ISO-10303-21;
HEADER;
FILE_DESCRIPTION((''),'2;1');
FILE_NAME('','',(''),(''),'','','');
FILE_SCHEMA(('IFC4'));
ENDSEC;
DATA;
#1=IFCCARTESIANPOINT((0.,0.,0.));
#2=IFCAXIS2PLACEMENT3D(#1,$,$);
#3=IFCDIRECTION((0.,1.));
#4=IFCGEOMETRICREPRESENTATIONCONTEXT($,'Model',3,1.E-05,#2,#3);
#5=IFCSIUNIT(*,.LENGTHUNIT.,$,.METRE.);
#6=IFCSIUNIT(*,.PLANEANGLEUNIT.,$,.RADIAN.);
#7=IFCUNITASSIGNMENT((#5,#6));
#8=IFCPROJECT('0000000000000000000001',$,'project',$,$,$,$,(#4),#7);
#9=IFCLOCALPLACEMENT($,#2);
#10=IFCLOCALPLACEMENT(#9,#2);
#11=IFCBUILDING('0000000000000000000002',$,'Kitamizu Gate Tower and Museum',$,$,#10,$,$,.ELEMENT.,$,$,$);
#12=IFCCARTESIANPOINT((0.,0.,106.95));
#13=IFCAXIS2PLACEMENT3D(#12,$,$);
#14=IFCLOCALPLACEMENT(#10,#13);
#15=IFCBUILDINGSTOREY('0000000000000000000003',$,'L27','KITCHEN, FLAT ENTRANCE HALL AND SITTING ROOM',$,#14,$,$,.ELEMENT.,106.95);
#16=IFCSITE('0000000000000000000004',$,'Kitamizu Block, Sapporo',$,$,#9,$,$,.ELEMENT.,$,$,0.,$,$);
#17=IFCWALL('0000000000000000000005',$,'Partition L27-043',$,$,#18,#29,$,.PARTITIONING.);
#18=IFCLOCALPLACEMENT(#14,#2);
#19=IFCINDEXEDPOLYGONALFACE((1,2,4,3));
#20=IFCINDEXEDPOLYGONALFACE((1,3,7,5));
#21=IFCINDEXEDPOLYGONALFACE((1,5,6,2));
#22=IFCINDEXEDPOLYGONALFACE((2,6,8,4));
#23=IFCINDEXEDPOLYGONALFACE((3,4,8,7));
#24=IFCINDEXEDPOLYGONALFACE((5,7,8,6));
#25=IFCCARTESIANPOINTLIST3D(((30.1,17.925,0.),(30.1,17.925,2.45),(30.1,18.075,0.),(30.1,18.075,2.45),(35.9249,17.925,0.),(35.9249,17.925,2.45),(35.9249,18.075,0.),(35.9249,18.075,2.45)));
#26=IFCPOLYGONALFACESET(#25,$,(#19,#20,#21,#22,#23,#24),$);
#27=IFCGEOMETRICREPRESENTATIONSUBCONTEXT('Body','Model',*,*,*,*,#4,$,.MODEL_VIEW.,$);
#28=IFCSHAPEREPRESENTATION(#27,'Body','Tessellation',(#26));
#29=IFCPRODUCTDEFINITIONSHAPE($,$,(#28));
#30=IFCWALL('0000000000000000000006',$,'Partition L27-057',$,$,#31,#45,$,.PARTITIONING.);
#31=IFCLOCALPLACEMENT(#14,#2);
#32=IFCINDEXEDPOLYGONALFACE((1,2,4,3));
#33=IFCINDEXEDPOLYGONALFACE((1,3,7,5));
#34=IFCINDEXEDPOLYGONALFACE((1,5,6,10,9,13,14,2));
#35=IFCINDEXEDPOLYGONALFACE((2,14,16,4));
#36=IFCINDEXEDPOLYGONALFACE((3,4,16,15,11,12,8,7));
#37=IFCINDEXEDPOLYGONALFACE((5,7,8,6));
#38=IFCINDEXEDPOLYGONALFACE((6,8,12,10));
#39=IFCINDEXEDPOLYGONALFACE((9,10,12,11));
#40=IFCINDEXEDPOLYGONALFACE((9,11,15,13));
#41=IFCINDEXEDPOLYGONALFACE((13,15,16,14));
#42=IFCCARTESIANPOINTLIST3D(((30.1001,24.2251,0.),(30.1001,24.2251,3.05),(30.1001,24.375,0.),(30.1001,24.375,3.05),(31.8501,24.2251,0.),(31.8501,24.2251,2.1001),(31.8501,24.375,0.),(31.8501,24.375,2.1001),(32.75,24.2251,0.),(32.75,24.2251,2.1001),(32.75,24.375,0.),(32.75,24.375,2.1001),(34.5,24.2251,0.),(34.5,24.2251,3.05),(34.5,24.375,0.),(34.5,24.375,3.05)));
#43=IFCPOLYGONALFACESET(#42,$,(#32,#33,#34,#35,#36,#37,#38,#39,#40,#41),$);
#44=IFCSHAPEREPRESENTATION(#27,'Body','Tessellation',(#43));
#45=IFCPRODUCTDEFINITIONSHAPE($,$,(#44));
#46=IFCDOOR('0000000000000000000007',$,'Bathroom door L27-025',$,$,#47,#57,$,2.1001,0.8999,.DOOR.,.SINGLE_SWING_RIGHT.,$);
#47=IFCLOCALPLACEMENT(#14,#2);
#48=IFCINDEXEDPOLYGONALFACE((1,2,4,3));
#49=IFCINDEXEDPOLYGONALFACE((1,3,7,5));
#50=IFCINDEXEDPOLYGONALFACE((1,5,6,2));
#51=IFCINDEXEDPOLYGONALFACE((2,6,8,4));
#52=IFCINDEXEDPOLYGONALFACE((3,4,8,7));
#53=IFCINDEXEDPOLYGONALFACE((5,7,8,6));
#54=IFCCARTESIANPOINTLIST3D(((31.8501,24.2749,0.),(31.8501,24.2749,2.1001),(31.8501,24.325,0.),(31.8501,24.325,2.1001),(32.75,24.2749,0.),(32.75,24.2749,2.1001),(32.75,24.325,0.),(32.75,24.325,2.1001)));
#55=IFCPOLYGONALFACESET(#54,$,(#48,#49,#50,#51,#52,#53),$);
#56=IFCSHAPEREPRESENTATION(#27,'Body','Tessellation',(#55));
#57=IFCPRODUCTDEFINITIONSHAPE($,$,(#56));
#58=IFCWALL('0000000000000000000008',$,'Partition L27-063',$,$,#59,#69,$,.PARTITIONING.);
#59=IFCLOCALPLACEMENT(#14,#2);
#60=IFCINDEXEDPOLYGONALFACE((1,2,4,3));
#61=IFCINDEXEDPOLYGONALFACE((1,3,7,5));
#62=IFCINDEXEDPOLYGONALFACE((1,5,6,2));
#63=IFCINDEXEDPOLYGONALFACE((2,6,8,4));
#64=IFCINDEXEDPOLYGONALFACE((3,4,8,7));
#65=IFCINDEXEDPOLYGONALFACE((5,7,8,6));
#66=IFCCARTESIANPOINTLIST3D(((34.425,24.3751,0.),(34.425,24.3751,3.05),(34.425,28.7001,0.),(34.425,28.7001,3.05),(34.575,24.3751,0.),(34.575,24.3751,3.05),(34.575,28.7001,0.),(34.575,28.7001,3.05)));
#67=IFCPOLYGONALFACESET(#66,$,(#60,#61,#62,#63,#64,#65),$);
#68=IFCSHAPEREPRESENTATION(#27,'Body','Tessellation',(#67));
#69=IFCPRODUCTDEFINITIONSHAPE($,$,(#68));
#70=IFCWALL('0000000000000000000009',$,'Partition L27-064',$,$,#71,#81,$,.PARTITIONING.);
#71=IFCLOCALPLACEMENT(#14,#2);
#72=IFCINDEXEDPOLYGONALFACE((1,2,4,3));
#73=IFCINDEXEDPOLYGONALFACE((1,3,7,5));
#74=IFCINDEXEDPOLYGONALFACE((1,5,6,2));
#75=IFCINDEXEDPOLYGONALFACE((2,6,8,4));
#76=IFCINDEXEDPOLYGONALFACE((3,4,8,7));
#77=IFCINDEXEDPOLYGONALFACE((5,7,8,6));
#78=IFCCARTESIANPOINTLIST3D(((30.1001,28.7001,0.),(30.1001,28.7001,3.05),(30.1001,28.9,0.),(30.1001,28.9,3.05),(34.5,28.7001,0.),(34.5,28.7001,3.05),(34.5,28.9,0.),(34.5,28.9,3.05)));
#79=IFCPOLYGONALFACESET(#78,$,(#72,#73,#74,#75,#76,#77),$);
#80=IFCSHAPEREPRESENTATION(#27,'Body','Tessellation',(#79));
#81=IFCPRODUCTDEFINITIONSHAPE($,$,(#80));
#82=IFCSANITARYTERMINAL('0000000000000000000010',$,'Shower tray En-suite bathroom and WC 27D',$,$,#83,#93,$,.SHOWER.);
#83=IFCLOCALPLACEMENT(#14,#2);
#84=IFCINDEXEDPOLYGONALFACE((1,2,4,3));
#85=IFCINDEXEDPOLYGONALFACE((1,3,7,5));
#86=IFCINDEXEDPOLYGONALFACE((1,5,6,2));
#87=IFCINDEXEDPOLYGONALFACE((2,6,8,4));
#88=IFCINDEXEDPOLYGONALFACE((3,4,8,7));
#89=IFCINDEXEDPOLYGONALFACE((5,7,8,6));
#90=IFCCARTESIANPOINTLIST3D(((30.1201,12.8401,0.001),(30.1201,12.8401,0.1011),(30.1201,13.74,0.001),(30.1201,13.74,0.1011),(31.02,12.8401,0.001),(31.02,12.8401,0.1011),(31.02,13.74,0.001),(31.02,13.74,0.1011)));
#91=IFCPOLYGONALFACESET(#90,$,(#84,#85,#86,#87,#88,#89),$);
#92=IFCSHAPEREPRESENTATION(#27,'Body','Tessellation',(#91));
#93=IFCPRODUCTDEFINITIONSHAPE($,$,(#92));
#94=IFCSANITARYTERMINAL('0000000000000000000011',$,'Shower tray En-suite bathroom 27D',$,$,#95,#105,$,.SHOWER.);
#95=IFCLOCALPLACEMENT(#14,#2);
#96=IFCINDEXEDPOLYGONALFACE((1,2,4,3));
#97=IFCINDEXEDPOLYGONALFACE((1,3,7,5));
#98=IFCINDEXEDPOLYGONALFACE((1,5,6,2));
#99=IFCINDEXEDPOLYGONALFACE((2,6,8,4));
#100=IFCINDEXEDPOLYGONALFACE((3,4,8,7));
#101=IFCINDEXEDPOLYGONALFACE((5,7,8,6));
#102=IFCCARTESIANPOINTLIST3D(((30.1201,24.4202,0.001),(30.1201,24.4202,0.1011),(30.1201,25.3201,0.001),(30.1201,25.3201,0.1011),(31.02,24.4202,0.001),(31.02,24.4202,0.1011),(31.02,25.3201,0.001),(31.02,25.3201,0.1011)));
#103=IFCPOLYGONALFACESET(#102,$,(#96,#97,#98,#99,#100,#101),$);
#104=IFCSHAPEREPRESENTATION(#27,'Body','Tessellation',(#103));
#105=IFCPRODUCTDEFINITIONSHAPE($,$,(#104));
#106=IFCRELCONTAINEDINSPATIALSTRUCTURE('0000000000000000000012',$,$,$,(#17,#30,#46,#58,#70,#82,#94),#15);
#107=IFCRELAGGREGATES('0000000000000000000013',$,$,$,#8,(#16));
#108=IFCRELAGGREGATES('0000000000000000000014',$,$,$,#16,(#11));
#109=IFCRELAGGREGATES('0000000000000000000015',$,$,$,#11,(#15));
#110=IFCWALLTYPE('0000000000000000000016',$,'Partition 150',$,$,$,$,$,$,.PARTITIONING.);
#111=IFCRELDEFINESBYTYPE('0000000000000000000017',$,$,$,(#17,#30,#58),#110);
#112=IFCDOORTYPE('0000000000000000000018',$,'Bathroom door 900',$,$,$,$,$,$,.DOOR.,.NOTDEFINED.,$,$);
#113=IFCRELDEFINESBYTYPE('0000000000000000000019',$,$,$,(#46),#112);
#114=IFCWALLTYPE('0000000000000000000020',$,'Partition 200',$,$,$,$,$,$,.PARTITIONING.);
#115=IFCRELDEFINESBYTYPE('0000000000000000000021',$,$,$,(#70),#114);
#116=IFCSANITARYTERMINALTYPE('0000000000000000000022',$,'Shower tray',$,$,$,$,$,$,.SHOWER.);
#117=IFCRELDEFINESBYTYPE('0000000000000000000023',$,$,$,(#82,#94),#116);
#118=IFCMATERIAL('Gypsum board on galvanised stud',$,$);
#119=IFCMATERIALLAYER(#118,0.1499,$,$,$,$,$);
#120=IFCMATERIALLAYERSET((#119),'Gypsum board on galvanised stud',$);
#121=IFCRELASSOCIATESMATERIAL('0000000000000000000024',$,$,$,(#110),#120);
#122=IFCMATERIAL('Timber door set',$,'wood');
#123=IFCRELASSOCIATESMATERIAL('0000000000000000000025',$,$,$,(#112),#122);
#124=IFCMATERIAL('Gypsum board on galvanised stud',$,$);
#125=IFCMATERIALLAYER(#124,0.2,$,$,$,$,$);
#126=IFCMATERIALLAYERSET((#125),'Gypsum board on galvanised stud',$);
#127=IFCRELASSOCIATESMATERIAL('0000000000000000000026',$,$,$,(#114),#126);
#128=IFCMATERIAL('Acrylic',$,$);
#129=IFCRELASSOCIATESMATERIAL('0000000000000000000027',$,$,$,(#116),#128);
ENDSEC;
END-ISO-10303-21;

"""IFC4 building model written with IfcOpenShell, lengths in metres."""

from ifc_helpers import new_model, si_unit, direction, frame, frame_2d, origin, origin_2d, place, context, subcontext, project, spatial, rectangle, extrude, material, layer, layer_set, type_object, element, fill, save


model = new_model("IFC4")

# Units and contexts
model_context = context("Model", 3, precision=1e-05, world=origin(), true_north=direction((0.0, 1.0)))
body_context = subcontext(model_context, "Body", "Model", "MODEL_VIEW")
ifc_project = project(units=[si_unit("LENGTHUNIT", "METRE"), si_unit("PLANEANGLEUNIT", "RADIAN")], contexts=[model_context])

# Site, building, storey
site_placement = place(None, origin())
site = spatial("IfcSite", under=ifc_project, at=site_placement, Name="Kitamizu Block, Sapporo", CompositionType="ELEMENT", RefElevation=0.0)
building_placement = place(site_placement, origin())
building = spatial("IfcBuilding", under=site, at=building_placement, Name="Kitamizu Gate Tower and Museum", CompositionType="ELEMENT")
storey_placement = place(building_placement, frame((0.0, 0.0, 106.95)))
storey = spatial("IfcBuildingStorey", under=building, at=storey_placement, Name="L27", Description="KITCHEN, FLAT ENTRANCE HALL AND SITTING ROOM", CompositionType="ELEMENT", Elevation=106.95)

# Shared definitions
ifc_material_1 = material(Name="Gypsum board on galvanised stud")
ifc_layer_1 = layer(ifc_material_1, 0.1499)
ifc_layer_set_1 = layer_set([ifc_layer_1], Name="Gypsum board on galvanised stud")
wall_type_1 = type_object("IfcWallType", Name="Partition 150", PredefinedType="PARTITIONING", material=ifc_layer_set_1)

# Shared definitions
ifc_material_2 = material(Name="Timber door set", Category="wood")
door_type_1 = type_object("IfcDoorType", Name="Bathroom door 900", OperationType="NOTDEFINED", PredefinedType="DOOR", material=ifc_material_2)

# Wall
wall_1_placement = place(storey_placement, frame((35.925, 18.0, 0.0), z_axis=(0.0, 0.0, 1.0), x_axis=(-1.0, 0.0, 0.0)))
element("IfcWall", 1, at=wall_1_placement, inside=storey, type_object=wall_type_1, Name="Partition L27-043", PredefinedType="PARTITIONING", context=body_context, shape_type="SweptSolid", body=[
    extrude(rectangle(XDim=5.825, YDim=0.1499, at=frame_2d((2.9126, 0.0))), origin(), (0.0, 0.0, 1.0), 2.45),
])

# Wall, opening, door
wall_2_placement = place(storey_placement, frame((34.5, 24.3, 0.0), z_axis=(0.0, 0.0, 1.0), x_axis=(-1.0, 0.0, 0.0)))
wall_2 = element("IfcWall", 2, at=wall_2_placement, inside=storey, type_object=wall_type_1, Name="Partition L27-057", PredefinedType="PARTITIONING", context=body_context, shape_type="SweptSolid", body=[
    extrude(rectangle(XDim=4.3999, YDim=0.1499, at=frame_2d((2.2, 0.0))), origin(), (0.0, 0.0, 1.0), 3.05),
])
opening_1_placement = place(wall_2_placement, frame((1.75, 0.0, 0.0)))
opening_1 = element("IfcOpeningElement", 3, at=opening_1_placement, cuts=wall_2, PredefinedType="OPENING", context=body_context, shape_type="SweptSolid", body=[
    extrude(rectangle(XDim=0.8999, YDim=2.1001, at=frame_2d((0.45, 1.05))), frame((0.0, 0.085, 0.0), z_axis=(0.0, -1.0, 0.0), x_axis=(1.0, 0.0, 0.0)), (0.0, 0.0, 1.0), 0.1699),
])
door_1_placement = place(opening_1_placement, frame((0.8999, 0.0, 0.0), x_axis=(-1.0, 0.0, 0.0)))
door_1 = element("IfcDoor", 4, at=door_1_placement, inside=storey, type_object=door_type_1, Name="Bathroom door L27-025", OperationType="SINGLE_SWING_RIGHT", OverallHeight=2.1001, OverallWidth=0.8999, PredefinedType="DOOR", context=body_context, shape_type="SweptSolid", body=[
    extrude(rectangle(XDim=0.8999, YDim=2.1001, at=frame_2d((0.45, 1.05))), frame((0.0, 0.0249, 0.0), z_axis=(0.0, -1.0, 0.0), x_axis=(1.0, 0.0, 0.0)), (0.0, 0.0, 1.0), 0.05),
])
fill(opening_1, door_1)

# Walls
wall_3_placement = place(storey_placement, frame((34.5, 24.375, 0.0), z_axis=(0.0, 0.0, 1.0), x_axis=(0.0, 1.0, 0.0)))
element("IfcWall", 5, at=wall_3_placement, inside=storey, type_object=wall_type_1, Name="Partition L27-063", PredefinedType="PARTITIONING", context=body_context, shape_type="SweptSolid", body=[
    extrude(rectangle(XDim=4.325, YDim=0.1499, at=frame_2d((2.1626, 0.0))), origin(), (0.0, 0.0, 1.0), 3.05),
])
ifc_material_3 = material(Name="Gypsum board on galvanised stud")
ifc_layer_2 = layer(ifc_material_3, 0.2)
ifc_layer_set_2 = layer_set([ifc_layer_2], Name="Gypsum board on galvanised stud")
wall_type_2 = type_object("IfcWallType", Name="Partition 200", PredefinedType="PARTITIONING", material=ifc_layer_set_2)
wall_4_placement = place(storey_placement, frame((34.5, 28.8, 0.0), z_axis=(0.0, 0.0, 1.0), x_axis=(-1.0, 0.0, 0.0)))
element("IfcWall", 6, at=wall_4_placement, inside=storey, type_object=wall_type_2, Name="Partition L27-064", PredefinedType="PARTITIONING", context=body_context, shape_type="SweptSolid", body=[
    extrude(rectangle(XDim=4.3999, YDim=0.2, at=frame_2d((2.2, 0.0))), origin(), (0.0, 0.0, 1.0), 3.05),
])

# Sanitary terminals
ifc_material_4 = material(Name="Acrylic")
sanitary_terminal_type = type_object("IfcSanitaryTerminalType", Name="Shower tray", PredefinedType="SHOWER", material=ifc_material_4)
for number, where, z_axis, x_axis, name in (
    (7, (30.5701, 13.29, 0.001), (0.0, 0.0, 1.0), (1.0, 0.0, 0.0), "Shower tray En-suite bathroom and WC 27D"),
    (8, (30.5701, 24.8701, 0.001), (0.0, 0.0, 1.0), (1.0, 0.0, 0.0), "Shower tray En-suite bathroom 27D"),
):
    element("IfcSanitaryTerminal", number, at=place(storey_placement, frame(where, z_axis=z_axis, x_axis=x_axis)), inside=storey, type_object=sanitary_terminal_type, Name=name, PredefinedType="SHOWER", context=body_context, shape_type="SweptSolid", body=[
        extrude(rectangle(XDim=0.8999, YDim=0.8999, at=origin_2d()), origin(), (0.0, 0.0, 1.0), 0.1001),
    ])

save(model, "model.ifc")
